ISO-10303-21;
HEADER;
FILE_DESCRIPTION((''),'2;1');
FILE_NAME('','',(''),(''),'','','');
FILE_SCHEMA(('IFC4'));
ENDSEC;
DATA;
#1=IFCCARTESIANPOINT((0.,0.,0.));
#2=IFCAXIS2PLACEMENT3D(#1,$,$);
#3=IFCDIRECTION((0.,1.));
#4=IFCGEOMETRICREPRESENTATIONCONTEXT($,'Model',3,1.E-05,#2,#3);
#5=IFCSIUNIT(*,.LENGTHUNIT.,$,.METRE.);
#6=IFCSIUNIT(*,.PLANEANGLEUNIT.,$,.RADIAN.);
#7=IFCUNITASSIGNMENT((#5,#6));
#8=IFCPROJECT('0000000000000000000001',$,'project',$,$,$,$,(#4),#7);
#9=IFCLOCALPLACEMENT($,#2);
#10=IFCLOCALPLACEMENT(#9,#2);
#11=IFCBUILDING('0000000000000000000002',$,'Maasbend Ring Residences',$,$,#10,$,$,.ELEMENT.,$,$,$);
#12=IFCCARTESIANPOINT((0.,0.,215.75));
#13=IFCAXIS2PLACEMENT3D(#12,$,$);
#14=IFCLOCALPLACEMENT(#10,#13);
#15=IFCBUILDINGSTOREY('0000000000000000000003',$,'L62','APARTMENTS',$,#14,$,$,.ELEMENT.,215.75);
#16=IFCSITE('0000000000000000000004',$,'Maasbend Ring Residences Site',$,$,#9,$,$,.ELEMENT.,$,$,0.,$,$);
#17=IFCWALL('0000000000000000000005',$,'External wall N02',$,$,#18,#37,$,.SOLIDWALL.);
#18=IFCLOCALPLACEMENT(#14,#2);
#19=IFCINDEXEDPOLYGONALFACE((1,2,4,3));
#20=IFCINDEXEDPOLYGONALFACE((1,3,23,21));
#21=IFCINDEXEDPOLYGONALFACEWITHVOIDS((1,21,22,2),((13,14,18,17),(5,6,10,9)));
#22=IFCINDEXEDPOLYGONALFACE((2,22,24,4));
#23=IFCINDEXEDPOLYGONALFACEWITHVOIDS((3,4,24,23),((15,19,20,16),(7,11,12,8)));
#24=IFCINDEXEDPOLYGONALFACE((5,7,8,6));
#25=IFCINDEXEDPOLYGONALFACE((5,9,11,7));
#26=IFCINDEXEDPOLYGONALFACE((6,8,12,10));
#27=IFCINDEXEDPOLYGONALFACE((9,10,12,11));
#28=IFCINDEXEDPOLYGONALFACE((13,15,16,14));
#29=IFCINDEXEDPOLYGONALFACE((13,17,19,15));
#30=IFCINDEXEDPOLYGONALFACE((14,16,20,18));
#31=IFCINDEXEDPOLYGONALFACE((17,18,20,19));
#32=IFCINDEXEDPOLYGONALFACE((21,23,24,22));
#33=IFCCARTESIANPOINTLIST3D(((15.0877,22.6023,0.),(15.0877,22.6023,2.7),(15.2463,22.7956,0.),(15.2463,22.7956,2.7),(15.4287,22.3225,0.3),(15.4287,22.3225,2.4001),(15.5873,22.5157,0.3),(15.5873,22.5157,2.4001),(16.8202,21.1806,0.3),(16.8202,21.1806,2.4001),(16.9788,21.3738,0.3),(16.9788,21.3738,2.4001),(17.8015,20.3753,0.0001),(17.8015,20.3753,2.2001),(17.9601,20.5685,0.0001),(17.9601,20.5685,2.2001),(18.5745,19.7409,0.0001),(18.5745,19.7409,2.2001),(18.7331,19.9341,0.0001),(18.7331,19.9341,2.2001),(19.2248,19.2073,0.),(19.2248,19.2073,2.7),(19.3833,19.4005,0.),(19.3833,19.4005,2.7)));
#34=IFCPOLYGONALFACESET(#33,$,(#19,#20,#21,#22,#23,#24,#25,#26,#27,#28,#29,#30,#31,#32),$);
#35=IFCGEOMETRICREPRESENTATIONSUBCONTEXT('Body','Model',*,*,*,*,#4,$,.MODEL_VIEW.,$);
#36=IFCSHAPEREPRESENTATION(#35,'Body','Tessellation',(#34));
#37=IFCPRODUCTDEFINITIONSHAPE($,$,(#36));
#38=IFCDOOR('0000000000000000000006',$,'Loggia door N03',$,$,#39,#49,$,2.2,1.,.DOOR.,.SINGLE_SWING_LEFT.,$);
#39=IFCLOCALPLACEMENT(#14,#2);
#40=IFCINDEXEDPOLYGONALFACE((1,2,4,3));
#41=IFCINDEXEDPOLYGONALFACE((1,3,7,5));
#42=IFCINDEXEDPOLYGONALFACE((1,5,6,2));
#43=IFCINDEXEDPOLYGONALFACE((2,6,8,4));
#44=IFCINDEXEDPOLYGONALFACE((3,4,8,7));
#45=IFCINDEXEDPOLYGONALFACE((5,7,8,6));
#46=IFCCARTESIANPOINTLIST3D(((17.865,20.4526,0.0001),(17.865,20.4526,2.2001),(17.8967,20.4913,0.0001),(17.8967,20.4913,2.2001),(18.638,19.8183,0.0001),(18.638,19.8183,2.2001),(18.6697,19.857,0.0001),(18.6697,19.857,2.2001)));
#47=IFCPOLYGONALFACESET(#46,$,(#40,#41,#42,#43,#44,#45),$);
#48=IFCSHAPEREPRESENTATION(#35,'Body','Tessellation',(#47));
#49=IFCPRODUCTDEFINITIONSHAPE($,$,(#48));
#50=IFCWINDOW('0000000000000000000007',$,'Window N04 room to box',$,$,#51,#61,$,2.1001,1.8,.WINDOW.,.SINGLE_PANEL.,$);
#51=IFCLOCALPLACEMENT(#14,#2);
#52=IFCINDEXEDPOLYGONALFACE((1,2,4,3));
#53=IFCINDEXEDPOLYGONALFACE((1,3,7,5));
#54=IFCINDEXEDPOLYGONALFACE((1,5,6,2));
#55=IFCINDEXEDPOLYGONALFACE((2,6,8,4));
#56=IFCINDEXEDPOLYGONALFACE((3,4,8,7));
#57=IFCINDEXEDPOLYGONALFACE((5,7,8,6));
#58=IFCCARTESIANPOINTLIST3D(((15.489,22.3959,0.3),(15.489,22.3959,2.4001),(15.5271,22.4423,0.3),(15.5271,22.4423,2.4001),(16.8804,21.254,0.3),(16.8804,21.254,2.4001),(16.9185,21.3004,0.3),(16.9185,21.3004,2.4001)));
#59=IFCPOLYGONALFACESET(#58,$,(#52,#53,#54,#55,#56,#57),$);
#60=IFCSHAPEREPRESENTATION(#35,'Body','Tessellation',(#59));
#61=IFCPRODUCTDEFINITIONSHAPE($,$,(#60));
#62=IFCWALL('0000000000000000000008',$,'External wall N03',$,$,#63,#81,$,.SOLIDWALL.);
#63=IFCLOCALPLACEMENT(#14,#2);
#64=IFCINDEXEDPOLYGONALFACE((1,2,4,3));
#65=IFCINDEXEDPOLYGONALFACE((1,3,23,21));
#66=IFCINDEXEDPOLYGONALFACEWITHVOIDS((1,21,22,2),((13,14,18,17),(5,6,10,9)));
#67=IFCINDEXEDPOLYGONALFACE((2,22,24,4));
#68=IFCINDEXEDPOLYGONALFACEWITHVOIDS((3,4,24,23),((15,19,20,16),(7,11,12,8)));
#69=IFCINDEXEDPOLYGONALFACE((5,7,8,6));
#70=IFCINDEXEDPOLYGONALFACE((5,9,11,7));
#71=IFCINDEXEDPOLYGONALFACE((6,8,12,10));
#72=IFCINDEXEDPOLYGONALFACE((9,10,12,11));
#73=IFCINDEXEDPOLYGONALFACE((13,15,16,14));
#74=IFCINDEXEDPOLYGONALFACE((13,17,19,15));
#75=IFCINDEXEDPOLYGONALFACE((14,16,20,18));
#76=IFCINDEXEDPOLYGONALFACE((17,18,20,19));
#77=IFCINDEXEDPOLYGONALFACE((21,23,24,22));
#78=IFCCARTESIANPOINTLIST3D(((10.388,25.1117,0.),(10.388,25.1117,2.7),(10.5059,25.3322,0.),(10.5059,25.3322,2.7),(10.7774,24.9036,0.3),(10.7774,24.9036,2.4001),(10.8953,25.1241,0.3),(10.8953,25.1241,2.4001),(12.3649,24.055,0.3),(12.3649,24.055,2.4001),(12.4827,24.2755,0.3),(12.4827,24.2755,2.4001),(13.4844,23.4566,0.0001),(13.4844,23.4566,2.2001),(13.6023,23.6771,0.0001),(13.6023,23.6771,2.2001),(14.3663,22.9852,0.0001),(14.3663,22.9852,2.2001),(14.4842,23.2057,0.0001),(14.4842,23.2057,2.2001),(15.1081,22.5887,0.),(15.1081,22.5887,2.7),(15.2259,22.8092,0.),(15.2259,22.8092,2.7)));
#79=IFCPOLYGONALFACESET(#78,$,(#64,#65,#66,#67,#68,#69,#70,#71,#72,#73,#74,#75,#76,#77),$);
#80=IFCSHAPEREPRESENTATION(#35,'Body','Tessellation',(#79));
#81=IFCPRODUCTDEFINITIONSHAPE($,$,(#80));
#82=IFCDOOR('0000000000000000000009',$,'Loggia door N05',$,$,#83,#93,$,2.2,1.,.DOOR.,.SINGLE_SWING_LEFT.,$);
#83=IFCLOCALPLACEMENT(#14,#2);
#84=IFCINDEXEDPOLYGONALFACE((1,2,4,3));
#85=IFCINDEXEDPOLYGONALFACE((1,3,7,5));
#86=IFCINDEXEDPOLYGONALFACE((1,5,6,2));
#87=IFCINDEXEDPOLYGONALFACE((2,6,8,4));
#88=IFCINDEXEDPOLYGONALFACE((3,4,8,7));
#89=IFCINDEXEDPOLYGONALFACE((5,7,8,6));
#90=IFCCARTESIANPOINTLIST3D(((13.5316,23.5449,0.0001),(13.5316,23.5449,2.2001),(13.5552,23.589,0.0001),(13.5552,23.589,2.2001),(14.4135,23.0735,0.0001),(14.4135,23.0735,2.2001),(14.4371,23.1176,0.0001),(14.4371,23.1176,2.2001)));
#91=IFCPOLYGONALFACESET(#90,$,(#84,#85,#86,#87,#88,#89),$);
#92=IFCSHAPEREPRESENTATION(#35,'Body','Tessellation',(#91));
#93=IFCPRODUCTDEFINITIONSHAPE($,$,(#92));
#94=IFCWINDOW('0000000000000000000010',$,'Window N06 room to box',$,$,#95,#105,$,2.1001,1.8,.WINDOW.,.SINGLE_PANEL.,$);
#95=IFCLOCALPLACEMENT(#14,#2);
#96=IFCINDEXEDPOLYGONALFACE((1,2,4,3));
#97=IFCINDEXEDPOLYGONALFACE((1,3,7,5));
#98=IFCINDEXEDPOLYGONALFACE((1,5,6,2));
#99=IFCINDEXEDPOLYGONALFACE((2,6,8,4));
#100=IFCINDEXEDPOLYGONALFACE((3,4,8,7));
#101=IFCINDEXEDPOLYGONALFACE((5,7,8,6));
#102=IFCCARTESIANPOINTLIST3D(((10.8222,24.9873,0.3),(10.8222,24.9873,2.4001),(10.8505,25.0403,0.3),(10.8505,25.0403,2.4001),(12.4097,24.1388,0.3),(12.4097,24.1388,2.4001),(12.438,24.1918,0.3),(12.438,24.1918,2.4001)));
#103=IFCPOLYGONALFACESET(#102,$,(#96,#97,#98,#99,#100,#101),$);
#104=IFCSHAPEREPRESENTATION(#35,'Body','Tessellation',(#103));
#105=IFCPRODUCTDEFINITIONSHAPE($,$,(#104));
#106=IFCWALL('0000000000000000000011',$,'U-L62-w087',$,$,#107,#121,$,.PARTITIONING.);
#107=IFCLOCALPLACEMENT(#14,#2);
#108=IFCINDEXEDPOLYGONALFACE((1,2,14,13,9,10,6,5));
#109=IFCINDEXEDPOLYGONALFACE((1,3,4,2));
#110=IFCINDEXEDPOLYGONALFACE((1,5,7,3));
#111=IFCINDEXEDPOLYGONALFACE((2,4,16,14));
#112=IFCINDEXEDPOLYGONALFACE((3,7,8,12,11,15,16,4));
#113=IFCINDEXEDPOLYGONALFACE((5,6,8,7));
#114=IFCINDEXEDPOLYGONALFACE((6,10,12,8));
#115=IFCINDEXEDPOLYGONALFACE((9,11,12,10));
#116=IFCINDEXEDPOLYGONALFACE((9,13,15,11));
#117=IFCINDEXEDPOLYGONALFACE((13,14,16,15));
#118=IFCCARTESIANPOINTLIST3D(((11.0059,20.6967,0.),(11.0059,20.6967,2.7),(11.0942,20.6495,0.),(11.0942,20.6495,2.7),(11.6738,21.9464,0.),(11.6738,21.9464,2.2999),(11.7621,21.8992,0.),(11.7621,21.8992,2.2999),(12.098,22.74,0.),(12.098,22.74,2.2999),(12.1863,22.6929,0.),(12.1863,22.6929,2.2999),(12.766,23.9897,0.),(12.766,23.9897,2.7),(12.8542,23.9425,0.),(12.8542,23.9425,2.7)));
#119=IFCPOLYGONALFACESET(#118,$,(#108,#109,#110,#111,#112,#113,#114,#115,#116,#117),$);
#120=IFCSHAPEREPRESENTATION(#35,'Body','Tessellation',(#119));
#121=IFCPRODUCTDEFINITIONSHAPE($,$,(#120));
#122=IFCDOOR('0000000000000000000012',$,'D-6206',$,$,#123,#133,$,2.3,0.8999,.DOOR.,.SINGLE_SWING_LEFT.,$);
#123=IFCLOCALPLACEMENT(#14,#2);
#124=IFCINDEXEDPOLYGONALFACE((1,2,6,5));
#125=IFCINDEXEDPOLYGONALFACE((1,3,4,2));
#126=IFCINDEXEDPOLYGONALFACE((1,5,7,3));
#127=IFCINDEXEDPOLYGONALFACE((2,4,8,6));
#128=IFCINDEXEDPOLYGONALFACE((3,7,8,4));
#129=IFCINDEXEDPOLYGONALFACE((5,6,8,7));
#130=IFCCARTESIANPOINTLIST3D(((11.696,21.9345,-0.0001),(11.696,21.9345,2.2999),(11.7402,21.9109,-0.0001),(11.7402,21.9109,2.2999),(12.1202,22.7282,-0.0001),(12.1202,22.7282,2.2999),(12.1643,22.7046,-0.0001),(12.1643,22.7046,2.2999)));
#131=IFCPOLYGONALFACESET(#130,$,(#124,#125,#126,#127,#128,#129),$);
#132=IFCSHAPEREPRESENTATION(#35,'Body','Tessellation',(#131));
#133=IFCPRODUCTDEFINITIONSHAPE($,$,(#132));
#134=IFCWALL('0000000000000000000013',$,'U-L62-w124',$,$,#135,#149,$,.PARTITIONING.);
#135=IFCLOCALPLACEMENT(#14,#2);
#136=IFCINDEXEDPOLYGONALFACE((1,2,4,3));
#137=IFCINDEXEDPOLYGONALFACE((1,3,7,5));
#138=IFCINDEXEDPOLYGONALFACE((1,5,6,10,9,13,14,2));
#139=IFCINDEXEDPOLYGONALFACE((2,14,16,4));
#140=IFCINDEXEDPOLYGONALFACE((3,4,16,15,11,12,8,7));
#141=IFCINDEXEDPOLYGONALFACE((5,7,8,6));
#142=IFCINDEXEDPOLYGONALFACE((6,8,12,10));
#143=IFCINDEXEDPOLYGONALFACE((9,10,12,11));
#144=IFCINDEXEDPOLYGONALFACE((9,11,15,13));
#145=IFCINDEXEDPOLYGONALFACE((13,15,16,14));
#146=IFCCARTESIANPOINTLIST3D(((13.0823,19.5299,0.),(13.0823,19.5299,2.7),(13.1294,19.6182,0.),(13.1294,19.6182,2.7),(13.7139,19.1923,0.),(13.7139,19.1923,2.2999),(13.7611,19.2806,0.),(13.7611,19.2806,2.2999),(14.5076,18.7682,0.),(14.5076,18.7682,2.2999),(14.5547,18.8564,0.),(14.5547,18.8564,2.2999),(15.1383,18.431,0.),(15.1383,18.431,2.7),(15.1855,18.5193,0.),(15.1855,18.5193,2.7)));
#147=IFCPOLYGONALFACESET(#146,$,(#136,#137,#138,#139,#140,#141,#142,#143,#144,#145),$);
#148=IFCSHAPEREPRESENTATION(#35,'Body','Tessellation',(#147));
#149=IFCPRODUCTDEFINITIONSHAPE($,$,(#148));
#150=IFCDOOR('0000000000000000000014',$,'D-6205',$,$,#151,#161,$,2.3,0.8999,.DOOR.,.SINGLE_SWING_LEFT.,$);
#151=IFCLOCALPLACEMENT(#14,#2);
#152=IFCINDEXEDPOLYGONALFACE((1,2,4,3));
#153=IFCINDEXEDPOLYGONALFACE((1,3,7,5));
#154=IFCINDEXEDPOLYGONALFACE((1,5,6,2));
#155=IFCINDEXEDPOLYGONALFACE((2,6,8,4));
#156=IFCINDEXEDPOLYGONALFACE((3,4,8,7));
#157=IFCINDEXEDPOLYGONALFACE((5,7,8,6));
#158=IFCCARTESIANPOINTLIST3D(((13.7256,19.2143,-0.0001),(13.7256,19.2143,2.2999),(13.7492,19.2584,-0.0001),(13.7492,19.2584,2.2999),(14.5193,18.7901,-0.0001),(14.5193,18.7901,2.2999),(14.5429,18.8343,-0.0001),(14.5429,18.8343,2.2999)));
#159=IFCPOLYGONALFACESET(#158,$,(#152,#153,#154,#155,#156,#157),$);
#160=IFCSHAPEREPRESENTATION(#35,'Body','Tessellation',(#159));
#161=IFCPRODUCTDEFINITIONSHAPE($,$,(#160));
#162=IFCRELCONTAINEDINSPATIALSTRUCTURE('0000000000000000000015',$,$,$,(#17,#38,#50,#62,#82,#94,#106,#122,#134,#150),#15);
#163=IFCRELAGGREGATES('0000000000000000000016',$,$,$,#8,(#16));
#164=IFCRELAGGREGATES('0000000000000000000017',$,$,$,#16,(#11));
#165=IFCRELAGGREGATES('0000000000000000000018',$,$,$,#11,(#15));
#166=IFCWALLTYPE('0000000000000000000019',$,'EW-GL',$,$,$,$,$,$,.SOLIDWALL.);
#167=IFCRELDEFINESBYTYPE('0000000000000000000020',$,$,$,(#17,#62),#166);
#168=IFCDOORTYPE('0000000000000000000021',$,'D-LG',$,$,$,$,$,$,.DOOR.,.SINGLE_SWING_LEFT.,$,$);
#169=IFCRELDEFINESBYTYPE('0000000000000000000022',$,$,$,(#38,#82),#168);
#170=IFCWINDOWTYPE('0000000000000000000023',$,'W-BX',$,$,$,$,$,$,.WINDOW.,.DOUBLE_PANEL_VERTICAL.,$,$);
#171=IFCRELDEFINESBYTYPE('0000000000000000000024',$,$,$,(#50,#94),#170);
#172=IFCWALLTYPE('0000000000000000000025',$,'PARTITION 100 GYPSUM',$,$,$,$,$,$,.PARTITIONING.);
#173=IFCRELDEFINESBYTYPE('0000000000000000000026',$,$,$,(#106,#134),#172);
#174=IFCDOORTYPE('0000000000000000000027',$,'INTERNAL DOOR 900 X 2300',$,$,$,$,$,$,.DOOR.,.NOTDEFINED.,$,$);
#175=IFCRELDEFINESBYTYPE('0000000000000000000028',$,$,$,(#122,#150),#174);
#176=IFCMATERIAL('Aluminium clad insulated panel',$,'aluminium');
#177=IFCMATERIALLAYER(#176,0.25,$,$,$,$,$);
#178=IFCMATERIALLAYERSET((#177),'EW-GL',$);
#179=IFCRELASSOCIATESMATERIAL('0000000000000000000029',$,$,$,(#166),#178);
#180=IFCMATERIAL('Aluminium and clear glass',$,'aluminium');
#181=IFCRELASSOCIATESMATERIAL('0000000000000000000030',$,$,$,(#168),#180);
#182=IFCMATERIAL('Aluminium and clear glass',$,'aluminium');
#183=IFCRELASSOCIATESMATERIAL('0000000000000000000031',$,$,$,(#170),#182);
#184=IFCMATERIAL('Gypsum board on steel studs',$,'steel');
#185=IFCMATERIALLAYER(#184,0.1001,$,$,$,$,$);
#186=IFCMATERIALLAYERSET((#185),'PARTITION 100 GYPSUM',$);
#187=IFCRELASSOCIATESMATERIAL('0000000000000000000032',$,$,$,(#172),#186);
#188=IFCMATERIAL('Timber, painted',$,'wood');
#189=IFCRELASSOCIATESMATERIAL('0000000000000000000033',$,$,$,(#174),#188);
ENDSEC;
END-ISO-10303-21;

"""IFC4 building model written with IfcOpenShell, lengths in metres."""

from ifc_helpers import new_model, si_unit, direction, frame, frame_2d, origin, place, context, subcontext, project, spatial, rectangle, extrude, material, layer, layer_set, type_object, element, fill, save


model = new_model("IFC4")

# Units and contexts
model_context = context("Model", 3, precision=1e-05, world=origin(), true_north=direction((0.0, 1.0)))
body_context = subcontext(model_context, "Body", "Model", "MODEL_VIEW")
ifc_project = project(units=[si_unit("LENGTHUNIT", "METRE"), si_unit("PLANEANGLEUNIT", "RADIAN")], contexts=[model_context])

# Site, building, storey
site_placement = place(None, origin())
site = spatial("IfcSite", under=ifc_project, at=site_placement, Name="Maasbend Ring Residences Site", CompositionType="ELEMENT", RefElevation=0.0)
building_placement = place(site_placement, origin())
building = spatial("IfcBuilding", under=site, at=building_placement, Name="Maasbend Ring Residences", CompositionType="ELEMENT")
storey_placement = place(building_placement, frame((0.0, 0.0, 215.75)))
storey = spatial("IfcBuildingStorey", under=building, at=storey_placement, Name="L62", Description="APARTMENTS", CompositionType="ELEMENT", Elevation=215.75)

# Walls, openings, doors, windows
ifc_material_1 = material(Name="Aluminium clad insulated panel", Category="aluminium")
ifc_layer_1 = layer(ifc_material_1, 0.25)
ifc_layer_set_1 = layer_set([ifc_layer_1], Name="EW-GL")
wall_type_1 = type_object("IfcWallType", Name="EW-GL", PredefinedType="SOLIDWALL", material=ifc_layer_set_1)
wall_1_placement = place(storey_placement, frame((19.304, 19.304, 0.0), z_axis=(0.0, 0.0, 1.0), x_axis=(-0.773019, 0.634382, 0.0)))
wall_1 = element("IfcWall", 1, at=wall_1_placement, inside=storey, type_object=wall_type_1, Name="External wall N02", PredefinedType="SOLIDWALL", context=body_context, shape_type="SweptSolid", body=[
    extrude(rectangle(XDim=5.3518, YDim=0.25, at=frame_2d((2.6758, 0.0))), origin(), (0.0, 0.0, 1.0), 2.7),
])
opening_1_placement = place(wall_1_placement, frame((0.8411, 0.0, 0.0)))
opening_1 = element("IfcOpeningElement", 2, at=opening_1_placement, cuts=wall_1, PredefinedType="OPENING", context=body_context, shape_type="SweptSolid", body=[
    extrude(rectangle(XDim=1.0, YDim=2.2, at=frame_2d((0.5, 1.1001))), frame((0.0, 0.135, 0.0), z_axis=(0.0, -1.0, 0.0), x_axis=(1.0, 0.0, 0.0)), (0.0, 0.0, 1.0), 0.27),
])
opening_2_placement = place(wall_1_placement, frame((3.1106, 0.0, 0.3)))
opening_2 = element("IfcOpeningElement", 3, at=opening_2_placement, cuts=wall_1, PredefinedType="OPENING", context=body_context, shape_type="SweptSolid", body=[
    extrude(rectangle(XDim=1.8, YDim=2.1001, at=frame_2d((0.8999, 1.05))), frame((0.0, 0.135, 0.0), z_axis=(0.0, -1.0, 0.0), x_axis=(1.0, 0.0, 0.0)), (0.0, 0.0, 1.0), 0.27),
])
ifc_material_2 = material(Name="Aluminium and clear glass", Category="aluminium")
door_type_1 = type_object("IfcDoorType", Name="D-LG", OperationType="SINGLE_SWING_LEFT", PredefinedType="DOOR", material=ifc_material_2)
door_1_placement = place(opening_1_placement, origin())
door_1 = element("IfcDoor", 4, at=door_1_placement, inside=storey, type_object=door_type_1, Name="Loggia door N03", OperationType="SINGLE_SWING_LEFT", OverallHeight=2.2, OverallWidth=1.0, PredefinedType="DOOR", context=body_context, shape_type="SweptSolid", body=[
    extrude(rectangle(XDim=1.0, YDim=2.2, at=frame_2d((0.5, 1.1001))), frame((0.0, 0.0249, 0.0), z_axis=(0.0, -1.0, 0.0), x_axis=(1.0, 0.0, 0.0)), (0.0, 0.0, 1.0), 0.05),
])
fill(opening_1, door_1)
ifc_material_3 = material(Name="Aluminium and clear glass", Category="aluminium")
window_type_1 = type_object("IfcWindowType", Name="W-BX", PartitioningType="DOUBLE_PANEL_VERTICAL", PredefinedType="WINDOW", material=ifc_material_3)
window_1_placement = place(opening_2_placement, origin())
window_1 = element("IfcWindow", 5, at=window_1_placement, inside=storey, type_object=window_type_1, Name="Window N04 room to box", OverallHeight=2.1001, OverallWidth=1.8, PartitioningType="SINGLE_PANEL", PredefinedType="WINDOW", context=body_context, shape_type="SweptSolid", body=[
    extrude(rectangle(XDim=1.8, YDim=2.1001, at=frame_2d((0.8999, 1.05))), frame((0.0, 0.03, 0.0), z_axis=(0.0, -1.0, 0.0), x_axis=(1.0, 0.0, 0.0)), (0.0, 0.0, 1.0), 0.0601),
])
fill(opening_2, window_1)
wall_2_placement = place(storey_placement, frame((15.167, 22.699, 0.0), z_axis=(0.0, 0.0, 1.0), x_axis=(-0.881916, 0.471407, 0.0)))
wall_2 = element("IfcWall", 6, at=wall_2_placement, inside=storey, type_object=wall_type_1, Name="External wall N03", PredefinedType="SOLIDWALL", context=body_context, shape_type="SweptSolid", body=[
    extrude(rectangle(XDim=5.3521, YDim=0.25, at=frame_2d((2.676, 0.0))), origin(), (0.0, 0.0, 1.0), 2.7),
])
opening_3_placement = place(wall_2_placement, frame((0.8411, 0.0, 0.0)))
opening_3 = element("IfcOpeningElement", 7, at=opening_3_placement, cuts=wall_2, PredefinedType="OPENING", context=body_context, shape_type="SweptSolid", body=[
    extrude(rectangle(XDim=1.0, YDim=2.2, at=frame_2d((0.5, 1.1001))), frame((0.0, 0.135, 0.0), z_axis=(0.0, -1.0, 0.0), x_axis=(1.0, 0.0, 0.0)), (0.0, 0.0, 1.0), 0.27),
])
opening_4_placement = place(wall_2_placement, frame((3.1106, 0.0, 0.3)))
opening_4 = element("IfcOpeningElement", 8, at=opening_4_placement, cuts=wall_2, PredefinedType="OPENING", context=body_context, shape_type="SweptSolid", body=[
    extrude(rectangle(XDim=1.8, YDim=2.1001, at=frame_2d((0.8999, 1.05))), frame((0.0, 0.135, 0.0), z_axis=(0.0, -1.0, 0.0), x_axis=(1.0, 0.0, 0.0)), (0.0, 0.0, 1.0), 0.27),
])
door_2_placement = place(opening_3_placement, origin())
door_2 = element("IfcDoor", 9, at=door_2_placement, inside=storey, type_object=door_type_1, Name="Loggia door N05", OperationType="SINGLE_SWING_LEFT", OverallHeight=2.2, OverallWidth=1.0, PredefinedType="DOOR", context=body_context, shape_type="SweptSolid", body=[
    extrude(rectangle(XDim=1.0, YDim=2.2, at=frame_2d((0.5, 1.1001))), frame((0.0, 0.0249, 0.0), z_axis=(0.0, -1.0, 0.0), x_axis=(1.0, 0.0, 0.0)), (0.0, 0.0, 1.0), 0.05),
])
fill(opening_3, door_2)
window_2_placement = place(opening_4_placement, origin())
window_2 = element("IfcWindow", 10, at=window_2_placement, inside=storey, type_object=window_type_1, Name="Window N06 room to box", OverallHeight=2.1001, OverallWidth=1.8, PartitioningType="SINGLE_PANEL", PredefinedType="WINDOW", context=body_context, shape_type="SweptSolid", body=[
    extrude(rectangle(XDim=1.8, YDim=2.1001, at=frame_2d((0.8999, 1.05))), frame((0.0, 0.03, 0.0), z_axis=(0.0, -1.0, 0.0), x_axis=(1.0, 0.0, 0.0)), (0.0, 0.0, 1.0), 0.0601),
])
fill(opening_4, window_2)

# Walls, openings, doors
ifc_material_4 = material(Name="Gypsum board on steel studs", Category="steel")
ifc_layer_2 = layer(ifc_material_4, 0.1001)
ifc_layer_set_2 = layer_set([ifc_layer_2], Name="PARTITION 100 GYPSUM")
wall_type_2 = type_object("IfcWallType", Name="PARTITION 100 GYPSUM", PredefinedType="PARTITIONING", material=ifc_layer_set_2)
wall_3_placement = place(storey_placement, frame((11.05, 20.6731, 0.0), z_axis=(0.0, 0.0, 1.0), x_axis=(0.471372, 0.881934, 0.0)))
wall_3 = element("IfcWall", 11, at=wall_3_placement, inside=storey, type_object=wall_type_2, Name="U-L62-w087", PredefinedType="PARTITIONING", context=body_context, shape_type="SweptSolid", body=[
    extrude(rectangle(XDim=3.7339, YDim=0.1001, at=frame_2d((1.8669, 0.0))), origin(), (0.0, 0.0, 1.0), 2.7),
])
opening_5_placement = place(wall_3_placement, frame((1.417, 0.0, 0.0)))
opening_5 = element("IfcOpeningElement", 12, at=opening_5_placement, cuts=wall_3, PredefinedType="OPENING", context=body_context, shape_type="SweptSolid", body=[
    extrude(rectangle(XDim=0.8999, YDim=2.3, at=frame_2d((0.45, 1.1499))), frame((0.0, 0.0601, 0.0), z_axis=(0.0, -1.0, 0.0), x_axis=(1.0, 0.0, 0.0)), (0.0, 0.0, 1.0), 0.1201),
])
ifc_material_5 = material(Name="Timber, painted", Category="wood")
door_type_2 = type_object("IfcDoorType", Name="INTERNAL DOOR 900 X 2300", OperationType="NOTDEFINED", PredefinedType="DOOR", material=ifc_material_5)
door_3_placement = place(opening_5_placement, origin())
door_3 = element("IfcDoor", 13, at=door_3_placement, inside=storey, type_object=door_type_2, Name="D-6206", OperationType="SINGLE_SWING_LEFT", OverallHeight=2.3, OverallWidth=0.8999, PredefinedType="DOOR", context=body_context, shape_type="SweptSolid", body=[
    extrude(rectangle(XDim=0.8999, YDim=2.3, at=frame_2d((0.45, 1.1499))), frame((0.0, 0.0249, 0.0), z_axis=(0.0, -1.0, 0.0), x_axis=(1.0, 0.0, 0.0)), (0.0, 0.0, 1.0), 0.05),
])
fill(opening_5, door_3)
wall_4_placement = place(storey_placement, frame((13.106, 19.574, 0.0), z_axis=(0.0, 0.0, 1.0), x_axis=(0.88195, -0.471344, 0.0)))
wall_4 = element("IfcWall", 14, at=wall_4_placement, inside=storey, type_object=wall_type_2, Name="U-L62-w124", PredefinedType="PARTITIONING", context=body_context, shape_type="SweptSolid", body=[
    extrude(rectangle(XDim=2.3313, YDim=0.1001, at=frame_2d((1.1655, 0.0))), origin(), (0.0, 0.0, 1.0), 2.7),
])
opening_6_placement = place(wall_4_placement, frame((0.7161, 0.0, 0.0)))
opening_6 = element("IfcOpeningElement", 15, at=opening_6_placement, cuts=wall_4, PredefinedType="OPENING", context=body_context, shape_type="SweptSolid", body=[
    extrude(rectangle(XDim=0.8999, YDim=2.3, at=frame_2d((0.45, 1.1499))), frame((0.0, 0.0601, 0.0), z_axis=(0.0, -1.0, 0.0), x_axis=(1.0, 0.0, 0.0)), (0.0, 0.0, 1.0), 0.1201),
])
door_4_placement = place(opening_6_placement, origin())
door_4 = element("IfcDoor", 16, at=door_4_placement, inside=storey, type_object=door_type_2, Name="D-6205", OperationType="SINGLE_SWING_LEFT", OverallHeight=2.3, OverallWidth=0.8999, PredefinedType="DOOR", context=body_context, shape_type="SweptSolid", body=[
    extrude(rectangle(XDim=0.8999, YDim=2.3, at=frame_2d((0.45, 1.1499))), frame((0.0, 0.0249, 0.0), z_axis=(0.0, -1.0, 0.0), x_axis=(1.0, 0.0, 0.0)), (0.0, 0.0, 1.0), 0.05),
])
fill(opening_6, door_4)

save(model, "model.ifc")
